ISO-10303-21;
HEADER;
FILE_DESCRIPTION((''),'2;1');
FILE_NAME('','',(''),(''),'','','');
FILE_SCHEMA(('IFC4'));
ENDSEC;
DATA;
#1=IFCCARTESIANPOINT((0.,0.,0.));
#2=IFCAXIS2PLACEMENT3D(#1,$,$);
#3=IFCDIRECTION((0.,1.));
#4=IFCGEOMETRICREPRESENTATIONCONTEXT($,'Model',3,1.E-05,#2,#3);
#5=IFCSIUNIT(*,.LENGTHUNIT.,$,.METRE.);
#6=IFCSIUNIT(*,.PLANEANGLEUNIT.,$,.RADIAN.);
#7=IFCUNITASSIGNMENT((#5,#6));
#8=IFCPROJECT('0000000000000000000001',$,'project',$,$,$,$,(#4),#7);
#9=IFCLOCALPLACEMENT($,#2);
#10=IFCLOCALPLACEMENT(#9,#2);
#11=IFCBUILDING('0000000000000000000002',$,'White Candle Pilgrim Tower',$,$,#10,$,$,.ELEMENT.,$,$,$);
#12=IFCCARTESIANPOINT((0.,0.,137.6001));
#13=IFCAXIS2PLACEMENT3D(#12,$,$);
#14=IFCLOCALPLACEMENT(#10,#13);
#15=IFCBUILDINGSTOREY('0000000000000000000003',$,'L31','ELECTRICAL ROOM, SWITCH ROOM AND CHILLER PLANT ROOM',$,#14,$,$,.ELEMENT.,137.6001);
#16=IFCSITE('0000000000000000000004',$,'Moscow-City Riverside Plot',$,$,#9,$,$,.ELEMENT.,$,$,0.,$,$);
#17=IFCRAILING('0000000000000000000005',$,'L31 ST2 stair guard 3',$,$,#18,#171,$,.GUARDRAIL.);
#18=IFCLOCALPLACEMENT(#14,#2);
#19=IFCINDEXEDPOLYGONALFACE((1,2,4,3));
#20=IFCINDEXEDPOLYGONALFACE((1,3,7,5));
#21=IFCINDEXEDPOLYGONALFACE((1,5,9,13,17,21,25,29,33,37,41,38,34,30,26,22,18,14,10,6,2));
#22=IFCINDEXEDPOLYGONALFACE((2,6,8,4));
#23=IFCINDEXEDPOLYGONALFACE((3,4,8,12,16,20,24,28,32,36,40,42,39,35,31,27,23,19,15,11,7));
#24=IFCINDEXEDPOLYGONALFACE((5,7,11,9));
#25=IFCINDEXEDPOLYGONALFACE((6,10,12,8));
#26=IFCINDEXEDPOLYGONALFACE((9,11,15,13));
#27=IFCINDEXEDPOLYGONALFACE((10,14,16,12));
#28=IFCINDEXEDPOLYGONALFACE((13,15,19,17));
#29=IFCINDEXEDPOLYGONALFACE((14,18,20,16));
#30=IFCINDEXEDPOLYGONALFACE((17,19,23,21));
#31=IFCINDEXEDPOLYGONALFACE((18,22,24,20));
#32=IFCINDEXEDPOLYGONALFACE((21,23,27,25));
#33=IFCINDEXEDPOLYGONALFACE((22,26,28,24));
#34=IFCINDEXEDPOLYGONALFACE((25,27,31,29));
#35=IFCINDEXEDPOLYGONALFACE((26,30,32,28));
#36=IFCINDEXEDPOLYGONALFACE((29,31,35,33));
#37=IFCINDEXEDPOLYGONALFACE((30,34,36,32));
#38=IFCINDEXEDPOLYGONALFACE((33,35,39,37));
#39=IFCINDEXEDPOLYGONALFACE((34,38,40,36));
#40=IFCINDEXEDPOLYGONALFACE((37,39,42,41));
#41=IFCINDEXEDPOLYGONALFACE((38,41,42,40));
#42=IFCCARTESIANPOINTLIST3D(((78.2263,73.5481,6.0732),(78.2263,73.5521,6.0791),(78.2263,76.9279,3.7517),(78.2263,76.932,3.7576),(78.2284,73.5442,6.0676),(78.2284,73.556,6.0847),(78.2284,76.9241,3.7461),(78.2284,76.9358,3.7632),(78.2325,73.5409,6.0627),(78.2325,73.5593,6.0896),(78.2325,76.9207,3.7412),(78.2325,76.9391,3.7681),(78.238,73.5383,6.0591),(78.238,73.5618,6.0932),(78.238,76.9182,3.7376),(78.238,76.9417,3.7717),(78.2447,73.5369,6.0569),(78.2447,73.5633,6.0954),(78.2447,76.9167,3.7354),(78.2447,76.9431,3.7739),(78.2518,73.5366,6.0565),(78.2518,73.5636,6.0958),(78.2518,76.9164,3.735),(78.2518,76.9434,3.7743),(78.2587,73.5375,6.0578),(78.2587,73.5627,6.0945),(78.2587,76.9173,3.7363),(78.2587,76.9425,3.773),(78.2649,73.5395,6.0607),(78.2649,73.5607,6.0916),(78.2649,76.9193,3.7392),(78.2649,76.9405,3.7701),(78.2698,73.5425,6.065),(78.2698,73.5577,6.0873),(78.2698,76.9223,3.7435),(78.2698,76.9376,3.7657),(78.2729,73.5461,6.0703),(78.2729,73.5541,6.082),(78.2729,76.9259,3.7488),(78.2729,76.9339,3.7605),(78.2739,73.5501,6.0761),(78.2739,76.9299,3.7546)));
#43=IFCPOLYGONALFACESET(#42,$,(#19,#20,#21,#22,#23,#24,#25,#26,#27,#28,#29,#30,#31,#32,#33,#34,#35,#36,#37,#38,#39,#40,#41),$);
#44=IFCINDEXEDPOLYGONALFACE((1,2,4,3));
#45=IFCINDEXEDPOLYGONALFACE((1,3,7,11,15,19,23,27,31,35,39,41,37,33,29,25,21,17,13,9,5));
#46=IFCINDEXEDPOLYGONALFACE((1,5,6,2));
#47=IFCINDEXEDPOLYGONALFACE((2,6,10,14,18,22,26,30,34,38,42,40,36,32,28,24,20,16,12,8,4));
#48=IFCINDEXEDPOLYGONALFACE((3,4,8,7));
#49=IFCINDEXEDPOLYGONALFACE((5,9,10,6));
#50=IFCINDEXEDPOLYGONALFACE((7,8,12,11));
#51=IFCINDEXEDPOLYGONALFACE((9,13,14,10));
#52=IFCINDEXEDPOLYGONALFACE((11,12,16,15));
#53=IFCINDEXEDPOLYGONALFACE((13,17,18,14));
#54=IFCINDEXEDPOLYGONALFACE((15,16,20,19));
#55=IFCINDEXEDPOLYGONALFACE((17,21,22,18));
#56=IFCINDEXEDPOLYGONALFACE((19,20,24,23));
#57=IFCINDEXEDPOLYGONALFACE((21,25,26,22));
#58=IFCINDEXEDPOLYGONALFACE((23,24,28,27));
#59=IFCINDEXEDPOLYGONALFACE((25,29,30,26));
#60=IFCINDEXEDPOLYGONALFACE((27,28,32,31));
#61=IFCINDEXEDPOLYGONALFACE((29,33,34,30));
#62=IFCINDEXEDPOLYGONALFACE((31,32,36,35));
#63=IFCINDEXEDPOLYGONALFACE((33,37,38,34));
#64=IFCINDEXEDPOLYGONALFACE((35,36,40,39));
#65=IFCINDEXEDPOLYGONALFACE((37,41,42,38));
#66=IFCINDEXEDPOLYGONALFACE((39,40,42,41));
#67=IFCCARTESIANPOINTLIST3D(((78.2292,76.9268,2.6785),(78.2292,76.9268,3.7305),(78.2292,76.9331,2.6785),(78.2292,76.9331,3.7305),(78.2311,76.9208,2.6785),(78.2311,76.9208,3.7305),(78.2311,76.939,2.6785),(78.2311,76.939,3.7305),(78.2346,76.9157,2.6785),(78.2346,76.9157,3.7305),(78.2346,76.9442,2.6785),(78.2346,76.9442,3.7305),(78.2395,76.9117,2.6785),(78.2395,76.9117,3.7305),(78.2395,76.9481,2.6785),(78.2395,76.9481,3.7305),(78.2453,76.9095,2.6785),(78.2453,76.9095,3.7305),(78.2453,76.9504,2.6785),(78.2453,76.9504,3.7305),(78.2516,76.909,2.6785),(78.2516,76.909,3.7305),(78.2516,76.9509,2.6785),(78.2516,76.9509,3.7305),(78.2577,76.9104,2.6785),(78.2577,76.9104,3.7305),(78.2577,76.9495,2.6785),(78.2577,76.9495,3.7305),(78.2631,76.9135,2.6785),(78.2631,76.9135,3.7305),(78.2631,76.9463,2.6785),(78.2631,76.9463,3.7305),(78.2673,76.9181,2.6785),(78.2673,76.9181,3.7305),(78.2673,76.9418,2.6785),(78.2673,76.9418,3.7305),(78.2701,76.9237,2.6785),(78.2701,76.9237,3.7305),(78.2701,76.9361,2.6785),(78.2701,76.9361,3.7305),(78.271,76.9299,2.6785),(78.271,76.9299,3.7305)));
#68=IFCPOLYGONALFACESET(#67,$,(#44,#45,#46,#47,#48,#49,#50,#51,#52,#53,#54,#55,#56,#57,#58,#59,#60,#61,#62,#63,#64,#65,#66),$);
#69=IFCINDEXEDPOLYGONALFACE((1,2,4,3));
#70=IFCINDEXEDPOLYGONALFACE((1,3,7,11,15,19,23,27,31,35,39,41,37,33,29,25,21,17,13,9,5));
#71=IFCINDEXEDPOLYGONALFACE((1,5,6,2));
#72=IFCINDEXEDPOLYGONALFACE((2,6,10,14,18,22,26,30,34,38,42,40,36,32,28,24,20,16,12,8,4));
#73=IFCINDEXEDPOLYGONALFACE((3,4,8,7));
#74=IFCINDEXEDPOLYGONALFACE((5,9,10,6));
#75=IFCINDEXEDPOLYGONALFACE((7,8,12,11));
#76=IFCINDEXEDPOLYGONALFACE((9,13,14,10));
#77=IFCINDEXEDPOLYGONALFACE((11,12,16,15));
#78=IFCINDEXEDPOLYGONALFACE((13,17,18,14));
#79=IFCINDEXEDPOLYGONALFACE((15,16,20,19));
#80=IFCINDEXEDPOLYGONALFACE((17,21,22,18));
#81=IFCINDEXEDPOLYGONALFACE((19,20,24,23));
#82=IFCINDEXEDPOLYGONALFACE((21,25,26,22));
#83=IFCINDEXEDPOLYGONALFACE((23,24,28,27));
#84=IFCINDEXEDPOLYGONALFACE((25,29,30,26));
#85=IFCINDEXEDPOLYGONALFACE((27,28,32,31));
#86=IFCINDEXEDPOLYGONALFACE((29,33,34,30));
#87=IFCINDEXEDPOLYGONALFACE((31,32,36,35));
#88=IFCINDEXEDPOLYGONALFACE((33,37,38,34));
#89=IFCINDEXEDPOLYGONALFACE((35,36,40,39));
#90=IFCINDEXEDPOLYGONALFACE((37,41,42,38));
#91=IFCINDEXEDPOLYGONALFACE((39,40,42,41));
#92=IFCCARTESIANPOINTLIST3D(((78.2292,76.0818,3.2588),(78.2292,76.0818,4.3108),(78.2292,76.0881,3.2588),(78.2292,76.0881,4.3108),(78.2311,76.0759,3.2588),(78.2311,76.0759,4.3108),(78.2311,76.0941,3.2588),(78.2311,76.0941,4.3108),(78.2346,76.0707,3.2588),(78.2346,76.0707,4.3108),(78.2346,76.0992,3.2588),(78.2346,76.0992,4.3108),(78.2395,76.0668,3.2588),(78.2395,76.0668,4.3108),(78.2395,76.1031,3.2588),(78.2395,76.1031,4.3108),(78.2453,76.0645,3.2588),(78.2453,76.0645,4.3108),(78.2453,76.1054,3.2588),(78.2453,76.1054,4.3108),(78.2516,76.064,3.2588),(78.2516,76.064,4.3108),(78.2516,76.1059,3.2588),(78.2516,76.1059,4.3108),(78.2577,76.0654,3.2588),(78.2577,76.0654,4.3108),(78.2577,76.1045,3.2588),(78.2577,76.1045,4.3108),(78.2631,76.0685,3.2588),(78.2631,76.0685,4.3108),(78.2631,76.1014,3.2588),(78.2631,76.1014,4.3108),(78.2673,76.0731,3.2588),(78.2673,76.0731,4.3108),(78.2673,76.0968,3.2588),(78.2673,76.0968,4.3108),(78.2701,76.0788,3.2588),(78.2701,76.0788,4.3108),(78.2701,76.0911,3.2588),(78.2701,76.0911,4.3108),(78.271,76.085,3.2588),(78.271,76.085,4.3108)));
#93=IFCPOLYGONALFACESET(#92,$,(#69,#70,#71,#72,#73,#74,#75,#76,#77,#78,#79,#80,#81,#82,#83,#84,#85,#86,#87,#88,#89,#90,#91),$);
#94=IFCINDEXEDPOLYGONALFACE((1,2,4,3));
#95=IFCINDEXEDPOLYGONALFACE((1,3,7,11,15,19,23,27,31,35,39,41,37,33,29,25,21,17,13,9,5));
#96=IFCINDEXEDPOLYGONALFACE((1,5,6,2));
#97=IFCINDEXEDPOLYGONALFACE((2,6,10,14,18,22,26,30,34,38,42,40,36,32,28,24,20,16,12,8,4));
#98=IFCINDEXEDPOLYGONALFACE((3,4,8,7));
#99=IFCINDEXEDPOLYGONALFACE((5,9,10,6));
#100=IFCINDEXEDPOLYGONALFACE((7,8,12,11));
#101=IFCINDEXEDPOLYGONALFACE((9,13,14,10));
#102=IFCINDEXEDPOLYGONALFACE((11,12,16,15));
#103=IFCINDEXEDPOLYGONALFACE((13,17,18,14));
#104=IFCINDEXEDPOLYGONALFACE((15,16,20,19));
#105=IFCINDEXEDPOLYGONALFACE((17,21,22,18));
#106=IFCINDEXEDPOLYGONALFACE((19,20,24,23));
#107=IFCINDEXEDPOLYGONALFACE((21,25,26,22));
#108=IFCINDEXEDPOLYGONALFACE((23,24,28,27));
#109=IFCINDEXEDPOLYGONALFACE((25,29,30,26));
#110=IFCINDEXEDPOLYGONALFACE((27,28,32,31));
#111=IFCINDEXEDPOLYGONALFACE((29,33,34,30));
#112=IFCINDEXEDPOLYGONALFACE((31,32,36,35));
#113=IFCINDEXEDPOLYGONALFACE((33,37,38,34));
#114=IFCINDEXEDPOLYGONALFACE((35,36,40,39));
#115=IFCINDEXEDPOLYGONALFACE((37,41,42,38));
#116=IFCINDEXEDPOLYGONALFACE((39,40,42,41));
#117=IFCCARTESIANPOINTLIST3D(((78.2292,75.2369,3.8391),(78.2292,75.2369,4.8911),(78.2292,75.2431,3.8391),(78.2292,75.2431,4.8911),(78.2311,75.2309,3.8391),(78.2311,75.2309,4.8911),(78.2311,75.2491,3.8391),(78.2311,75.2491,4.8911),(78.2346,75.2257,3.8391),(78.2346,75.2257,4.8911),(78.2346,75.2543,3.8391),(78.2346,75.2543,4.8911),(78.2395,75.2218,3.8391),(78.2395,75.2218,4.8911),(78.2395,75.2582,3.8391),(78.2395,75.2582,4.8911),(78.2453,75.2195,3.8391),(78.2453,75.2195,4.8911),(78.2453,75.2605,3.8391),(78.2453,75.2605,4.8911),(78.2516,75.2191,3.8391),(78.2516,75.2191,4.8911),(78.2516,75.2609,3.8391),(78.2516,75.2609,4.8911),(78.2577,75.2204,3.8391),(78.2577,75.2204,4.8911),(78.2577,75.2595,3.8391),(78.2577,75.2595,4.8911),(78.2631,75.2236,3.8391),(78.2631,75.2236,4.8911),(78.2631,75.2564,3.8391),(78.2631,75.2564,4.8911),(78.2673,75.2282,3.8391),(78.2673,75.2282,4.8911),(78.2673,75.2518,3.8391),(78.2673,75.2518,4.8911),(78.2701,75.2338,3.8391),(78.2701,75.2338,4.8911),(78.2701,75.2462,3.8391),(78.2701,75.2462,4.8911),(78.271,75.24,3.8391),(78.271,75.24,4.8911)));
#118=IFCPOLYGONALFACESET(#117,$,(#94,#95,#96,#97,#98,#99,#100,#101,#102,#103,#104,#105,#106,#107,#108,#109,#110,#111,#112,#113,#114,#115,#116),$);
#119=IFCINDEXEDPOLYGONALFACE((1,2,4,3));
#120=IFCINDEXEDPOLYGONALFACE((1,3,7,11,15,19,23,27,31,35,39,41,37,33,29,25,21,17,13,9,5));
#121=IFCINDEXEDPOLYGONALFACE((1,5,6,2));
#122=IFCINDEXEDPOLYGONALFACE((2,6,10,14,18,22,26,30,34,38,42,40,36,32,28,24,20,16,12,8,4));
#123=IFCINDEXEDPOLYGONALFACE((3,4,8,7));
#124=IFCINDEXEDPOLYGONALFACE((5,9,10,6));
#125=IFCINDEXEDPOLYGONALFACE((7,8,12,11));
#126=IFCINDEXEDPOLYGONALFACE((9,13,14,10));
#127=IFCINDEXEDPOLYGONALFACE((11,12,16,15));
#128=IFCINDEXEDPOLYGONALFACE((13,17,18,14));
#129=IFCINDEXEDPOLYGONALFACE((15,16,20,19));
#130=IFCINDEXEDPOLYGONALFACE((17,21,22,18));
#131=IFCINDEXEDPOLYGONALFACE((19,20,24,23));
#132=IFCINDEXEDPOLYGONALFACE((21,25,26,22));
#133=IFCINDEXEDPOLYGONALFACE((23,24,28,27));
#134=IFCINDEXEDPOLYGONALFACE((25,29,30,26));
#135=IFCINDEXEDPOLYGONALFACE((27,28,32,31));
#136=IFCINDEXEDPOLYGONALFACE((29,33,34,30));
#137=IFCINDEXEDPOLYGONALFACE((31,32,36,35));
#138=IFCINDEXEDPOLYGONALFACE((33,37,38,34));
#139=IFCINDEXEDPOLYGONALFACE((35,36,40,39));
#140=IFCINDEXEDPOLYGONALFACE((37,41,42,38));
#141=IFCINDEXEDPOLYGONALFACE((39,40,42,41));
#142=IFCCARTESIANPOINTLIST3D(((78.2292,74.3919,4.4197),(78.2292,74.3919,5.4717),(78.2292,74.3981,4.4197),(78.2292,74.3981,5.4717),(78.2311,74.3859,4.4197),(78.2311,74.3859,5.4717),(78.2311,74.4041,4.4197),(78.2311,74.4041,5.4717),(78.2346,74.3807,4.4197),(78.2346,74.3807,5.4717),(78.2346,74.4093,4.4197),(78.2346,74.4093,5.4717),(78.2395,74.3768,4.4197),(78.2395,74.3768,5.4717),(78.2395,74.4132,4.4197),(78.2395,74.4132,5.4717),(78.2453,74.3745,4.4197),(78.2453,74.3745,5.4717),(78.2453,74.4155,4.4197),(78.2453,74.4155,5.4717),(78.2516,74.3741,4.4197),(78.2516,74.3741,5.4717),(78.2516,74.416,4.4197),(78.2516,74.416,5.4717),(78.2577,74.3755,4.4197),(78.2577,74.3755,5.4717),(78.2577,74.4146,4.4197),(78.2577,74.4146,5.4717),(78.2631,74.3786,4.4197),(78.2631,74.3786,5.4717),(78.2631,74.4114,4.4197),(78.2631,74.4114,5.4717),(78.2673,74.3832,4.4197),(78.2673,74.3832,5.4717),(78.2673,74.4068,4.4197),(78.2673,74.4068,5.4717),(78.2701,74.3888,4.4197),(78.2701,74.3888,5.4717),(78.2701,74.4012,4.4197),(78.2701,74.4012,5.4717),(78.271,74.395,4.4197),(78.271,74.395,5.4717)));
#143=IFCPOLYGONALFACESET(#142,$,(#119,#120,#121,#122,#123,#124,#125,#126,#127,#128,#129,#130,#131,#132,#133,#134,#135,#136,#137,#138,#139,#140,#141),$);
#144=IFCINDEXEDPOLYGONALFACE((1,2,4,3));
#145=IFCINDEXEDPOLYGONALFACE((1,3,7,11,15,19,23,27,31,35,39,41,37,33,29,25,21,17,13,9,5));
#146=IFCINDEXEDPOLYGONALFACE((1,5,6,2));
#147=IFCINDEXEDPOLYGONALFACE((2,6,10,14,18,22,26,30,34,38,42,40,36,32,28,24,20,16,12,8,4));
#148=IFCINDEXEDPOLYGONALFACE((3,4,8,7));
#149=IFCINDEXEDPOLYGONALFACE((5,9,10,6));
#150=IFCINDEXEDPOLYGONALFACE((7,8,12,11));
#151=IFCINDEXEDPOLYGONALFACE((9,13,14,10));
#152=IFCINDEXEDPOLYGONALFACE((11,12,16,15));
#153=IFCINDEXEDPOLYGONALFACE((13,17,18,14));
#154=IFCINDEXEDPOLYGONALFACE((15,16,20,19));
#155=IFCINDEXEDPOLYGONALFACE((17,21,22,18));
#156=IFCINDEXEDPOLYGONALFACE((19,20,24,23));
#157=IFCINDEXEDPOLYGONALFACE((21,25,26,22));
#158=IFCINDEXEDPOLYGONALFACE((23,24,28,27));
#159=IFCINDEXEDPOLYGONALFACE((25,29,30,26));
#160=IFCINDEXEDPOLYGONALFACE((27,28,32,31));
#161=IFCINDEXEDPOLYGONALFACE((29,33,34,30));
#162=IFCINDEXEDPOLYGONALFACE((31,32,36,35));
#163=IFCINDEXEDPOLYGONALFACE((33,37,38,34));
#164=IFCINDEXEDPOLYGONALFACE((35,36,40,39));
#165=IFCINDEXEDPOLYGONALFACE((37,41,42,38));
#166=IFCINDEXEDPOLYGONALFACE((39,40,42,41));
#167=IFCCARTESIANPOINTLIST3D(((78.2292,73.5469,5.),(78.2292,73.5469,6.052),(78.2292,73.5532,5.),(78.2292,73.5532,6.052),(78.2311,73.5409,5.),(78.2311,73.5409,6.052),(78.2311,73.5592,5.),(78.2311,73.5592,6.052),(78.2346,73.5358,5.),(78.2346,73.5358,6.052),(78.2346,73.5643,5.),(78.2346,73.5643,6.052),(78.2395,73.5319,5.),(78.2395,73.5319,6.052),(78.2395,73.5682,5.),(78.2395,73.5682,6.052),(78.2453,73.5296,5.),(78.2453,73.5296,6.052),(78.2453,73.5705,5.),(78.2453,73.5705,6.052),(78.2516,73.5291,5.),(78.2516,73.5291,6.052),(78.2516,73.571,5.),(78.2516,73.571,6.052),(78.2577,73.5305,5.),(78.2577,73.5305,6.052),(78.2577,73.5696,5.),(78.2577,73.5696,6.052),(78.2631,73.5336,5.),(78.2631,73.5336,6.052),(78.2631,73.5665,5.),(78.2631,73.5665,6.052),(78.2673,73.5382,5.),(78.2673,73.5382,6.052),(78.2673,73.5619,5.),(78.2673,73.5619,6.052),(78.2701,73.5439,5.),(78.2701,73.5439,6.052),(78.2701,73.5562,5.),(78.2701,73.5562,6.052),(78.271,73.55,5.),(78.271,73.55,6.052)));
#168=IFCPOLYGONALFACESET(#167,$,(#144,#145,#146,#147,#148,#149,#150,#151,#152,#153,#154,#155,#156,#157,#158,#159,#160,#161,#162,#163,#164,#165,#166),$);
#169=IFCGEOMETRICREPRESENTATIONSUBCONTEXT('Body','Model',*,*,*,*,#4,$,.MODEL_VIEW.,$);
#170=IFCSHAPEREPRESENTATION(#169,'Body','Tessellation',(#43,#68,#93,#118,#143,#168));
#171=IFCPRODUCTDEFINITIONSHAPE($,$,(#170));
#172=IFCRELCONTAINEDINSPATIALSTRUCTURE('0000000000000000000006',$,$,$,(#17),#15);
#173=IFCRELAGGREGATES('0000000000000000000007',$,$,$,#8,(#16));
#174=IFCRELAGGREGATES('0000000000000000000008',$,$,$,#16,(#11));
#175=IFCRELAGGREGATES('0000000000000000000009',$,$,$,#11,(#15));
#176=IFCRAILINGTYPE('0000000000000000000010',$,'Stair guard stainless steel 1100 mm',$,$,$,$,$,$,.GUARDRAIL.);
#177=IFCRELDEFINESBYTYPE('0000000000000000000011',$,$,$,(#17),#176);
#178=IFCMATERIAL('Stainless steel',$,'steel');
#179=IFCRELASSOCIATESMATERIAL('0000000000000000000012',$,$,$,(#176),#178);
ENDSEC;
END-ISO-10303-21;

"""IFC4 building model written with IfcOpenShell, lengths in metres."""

from ifc_helpers import new_model, si_unit, direction, frame, origin, origin_2d, place, context, subcontext, project, spatial, circle, extrude, material, type_object, element, save


model = new_model("IFC4")

# Units and contexts
model_context = context("Model", 3, precision=1e-05, world=origin(), true_north=direction((0.0, 1.0)))
body_context = subcontext(model_context, "Body", "Model", "MODEL_VIEW")
ifc_project = project(units=[si_unit("LENGTHUNIT", "METRE"), si_unit("PLANEANGLEUNIT", "RADIAN")], contexts=[model_context])

# Site, building, storey
site_placement = place(None, origin())
site = spatial("IfcSite", under=ifc_project, at=site_placement, Name="Moscow-City Riverside Plot", CompositionType="ELEMENT", RefElevation=0.0)
building_placement = place(site_placement, origin())
building = spatial("IfcBuilding", under=site, at=building_placement, Name="White Candle Pilgrim Tower", CompositionType="ELEMENT")
storey_placement = place(building_placement, frame((0.0, 0.0, 137.6001)))
storey = spatial("IfcBuildingStorey", under=building, at=storey_placement, Name="L31", Description="ELECTRICAL ROOM, SWITCH ROOM AND CHILLER PLANT ROOM", CompositionType="ELEMENT", Elevation=137.6001)

# Railing
ifc_material_1 = material(Name="Stainless steel", Category="steel")
railing_type_1 = type_object("IfcRailingType", Name="Stair guard stainless steel 1100 mm", PredefinedType="GUARDRAIL", material=ifc_material_1)
railing_1_placement = place(storey_placement, frame((78.25, 76.9299, 2.6785)))
element("IfcRailing", 1, at=railing_1_placement, inside=storey, type_object=railing_type_1, Name="L31 ST2 stair guard 3", PredefinedType="GUARDRAIL", context=body_context, shape_type="SweptSolid", body=[
    extrude(circle(Radius=0.0239, at=origin_2d()), frame((0.0, 0.0, 1.0762), z_axis=(0.0, -0.824285, 0.566175), x_axis=(1.0, 0.0, 0.0)), (0.0, 0.0, 1.0), 4.1003),
    extrude(circle(Radius=0.021, at=origin_2d()), origin(), (0.0, 0.0, 1.0), 1.052),
    extrude(circle(Radius=0.021, at=origin_2d()), frame((0.0, -0.845, 0.5803)), (0.0, 0.0, 1.0), 1.052),
    extrude(circle(Radius=0.021, at=origin_2d()), frame((0.0, -1.6899, 1.1606)), (0.0, 0.0, 1.0), 1.052),
    extrude(circle(Radius=0.021, at=origin_2d()), frame((0.0, -2.5349, 1.7412)), (0.0, 0.0, 1.0), 1.052),
    extrude(circle(Radius=0.021, at=origin_2d()), frame((0.0, -3.3799, 2.3215)), (0.0, 0.0, 1.0), 1.052),
])

save(model, "model.ifc")
